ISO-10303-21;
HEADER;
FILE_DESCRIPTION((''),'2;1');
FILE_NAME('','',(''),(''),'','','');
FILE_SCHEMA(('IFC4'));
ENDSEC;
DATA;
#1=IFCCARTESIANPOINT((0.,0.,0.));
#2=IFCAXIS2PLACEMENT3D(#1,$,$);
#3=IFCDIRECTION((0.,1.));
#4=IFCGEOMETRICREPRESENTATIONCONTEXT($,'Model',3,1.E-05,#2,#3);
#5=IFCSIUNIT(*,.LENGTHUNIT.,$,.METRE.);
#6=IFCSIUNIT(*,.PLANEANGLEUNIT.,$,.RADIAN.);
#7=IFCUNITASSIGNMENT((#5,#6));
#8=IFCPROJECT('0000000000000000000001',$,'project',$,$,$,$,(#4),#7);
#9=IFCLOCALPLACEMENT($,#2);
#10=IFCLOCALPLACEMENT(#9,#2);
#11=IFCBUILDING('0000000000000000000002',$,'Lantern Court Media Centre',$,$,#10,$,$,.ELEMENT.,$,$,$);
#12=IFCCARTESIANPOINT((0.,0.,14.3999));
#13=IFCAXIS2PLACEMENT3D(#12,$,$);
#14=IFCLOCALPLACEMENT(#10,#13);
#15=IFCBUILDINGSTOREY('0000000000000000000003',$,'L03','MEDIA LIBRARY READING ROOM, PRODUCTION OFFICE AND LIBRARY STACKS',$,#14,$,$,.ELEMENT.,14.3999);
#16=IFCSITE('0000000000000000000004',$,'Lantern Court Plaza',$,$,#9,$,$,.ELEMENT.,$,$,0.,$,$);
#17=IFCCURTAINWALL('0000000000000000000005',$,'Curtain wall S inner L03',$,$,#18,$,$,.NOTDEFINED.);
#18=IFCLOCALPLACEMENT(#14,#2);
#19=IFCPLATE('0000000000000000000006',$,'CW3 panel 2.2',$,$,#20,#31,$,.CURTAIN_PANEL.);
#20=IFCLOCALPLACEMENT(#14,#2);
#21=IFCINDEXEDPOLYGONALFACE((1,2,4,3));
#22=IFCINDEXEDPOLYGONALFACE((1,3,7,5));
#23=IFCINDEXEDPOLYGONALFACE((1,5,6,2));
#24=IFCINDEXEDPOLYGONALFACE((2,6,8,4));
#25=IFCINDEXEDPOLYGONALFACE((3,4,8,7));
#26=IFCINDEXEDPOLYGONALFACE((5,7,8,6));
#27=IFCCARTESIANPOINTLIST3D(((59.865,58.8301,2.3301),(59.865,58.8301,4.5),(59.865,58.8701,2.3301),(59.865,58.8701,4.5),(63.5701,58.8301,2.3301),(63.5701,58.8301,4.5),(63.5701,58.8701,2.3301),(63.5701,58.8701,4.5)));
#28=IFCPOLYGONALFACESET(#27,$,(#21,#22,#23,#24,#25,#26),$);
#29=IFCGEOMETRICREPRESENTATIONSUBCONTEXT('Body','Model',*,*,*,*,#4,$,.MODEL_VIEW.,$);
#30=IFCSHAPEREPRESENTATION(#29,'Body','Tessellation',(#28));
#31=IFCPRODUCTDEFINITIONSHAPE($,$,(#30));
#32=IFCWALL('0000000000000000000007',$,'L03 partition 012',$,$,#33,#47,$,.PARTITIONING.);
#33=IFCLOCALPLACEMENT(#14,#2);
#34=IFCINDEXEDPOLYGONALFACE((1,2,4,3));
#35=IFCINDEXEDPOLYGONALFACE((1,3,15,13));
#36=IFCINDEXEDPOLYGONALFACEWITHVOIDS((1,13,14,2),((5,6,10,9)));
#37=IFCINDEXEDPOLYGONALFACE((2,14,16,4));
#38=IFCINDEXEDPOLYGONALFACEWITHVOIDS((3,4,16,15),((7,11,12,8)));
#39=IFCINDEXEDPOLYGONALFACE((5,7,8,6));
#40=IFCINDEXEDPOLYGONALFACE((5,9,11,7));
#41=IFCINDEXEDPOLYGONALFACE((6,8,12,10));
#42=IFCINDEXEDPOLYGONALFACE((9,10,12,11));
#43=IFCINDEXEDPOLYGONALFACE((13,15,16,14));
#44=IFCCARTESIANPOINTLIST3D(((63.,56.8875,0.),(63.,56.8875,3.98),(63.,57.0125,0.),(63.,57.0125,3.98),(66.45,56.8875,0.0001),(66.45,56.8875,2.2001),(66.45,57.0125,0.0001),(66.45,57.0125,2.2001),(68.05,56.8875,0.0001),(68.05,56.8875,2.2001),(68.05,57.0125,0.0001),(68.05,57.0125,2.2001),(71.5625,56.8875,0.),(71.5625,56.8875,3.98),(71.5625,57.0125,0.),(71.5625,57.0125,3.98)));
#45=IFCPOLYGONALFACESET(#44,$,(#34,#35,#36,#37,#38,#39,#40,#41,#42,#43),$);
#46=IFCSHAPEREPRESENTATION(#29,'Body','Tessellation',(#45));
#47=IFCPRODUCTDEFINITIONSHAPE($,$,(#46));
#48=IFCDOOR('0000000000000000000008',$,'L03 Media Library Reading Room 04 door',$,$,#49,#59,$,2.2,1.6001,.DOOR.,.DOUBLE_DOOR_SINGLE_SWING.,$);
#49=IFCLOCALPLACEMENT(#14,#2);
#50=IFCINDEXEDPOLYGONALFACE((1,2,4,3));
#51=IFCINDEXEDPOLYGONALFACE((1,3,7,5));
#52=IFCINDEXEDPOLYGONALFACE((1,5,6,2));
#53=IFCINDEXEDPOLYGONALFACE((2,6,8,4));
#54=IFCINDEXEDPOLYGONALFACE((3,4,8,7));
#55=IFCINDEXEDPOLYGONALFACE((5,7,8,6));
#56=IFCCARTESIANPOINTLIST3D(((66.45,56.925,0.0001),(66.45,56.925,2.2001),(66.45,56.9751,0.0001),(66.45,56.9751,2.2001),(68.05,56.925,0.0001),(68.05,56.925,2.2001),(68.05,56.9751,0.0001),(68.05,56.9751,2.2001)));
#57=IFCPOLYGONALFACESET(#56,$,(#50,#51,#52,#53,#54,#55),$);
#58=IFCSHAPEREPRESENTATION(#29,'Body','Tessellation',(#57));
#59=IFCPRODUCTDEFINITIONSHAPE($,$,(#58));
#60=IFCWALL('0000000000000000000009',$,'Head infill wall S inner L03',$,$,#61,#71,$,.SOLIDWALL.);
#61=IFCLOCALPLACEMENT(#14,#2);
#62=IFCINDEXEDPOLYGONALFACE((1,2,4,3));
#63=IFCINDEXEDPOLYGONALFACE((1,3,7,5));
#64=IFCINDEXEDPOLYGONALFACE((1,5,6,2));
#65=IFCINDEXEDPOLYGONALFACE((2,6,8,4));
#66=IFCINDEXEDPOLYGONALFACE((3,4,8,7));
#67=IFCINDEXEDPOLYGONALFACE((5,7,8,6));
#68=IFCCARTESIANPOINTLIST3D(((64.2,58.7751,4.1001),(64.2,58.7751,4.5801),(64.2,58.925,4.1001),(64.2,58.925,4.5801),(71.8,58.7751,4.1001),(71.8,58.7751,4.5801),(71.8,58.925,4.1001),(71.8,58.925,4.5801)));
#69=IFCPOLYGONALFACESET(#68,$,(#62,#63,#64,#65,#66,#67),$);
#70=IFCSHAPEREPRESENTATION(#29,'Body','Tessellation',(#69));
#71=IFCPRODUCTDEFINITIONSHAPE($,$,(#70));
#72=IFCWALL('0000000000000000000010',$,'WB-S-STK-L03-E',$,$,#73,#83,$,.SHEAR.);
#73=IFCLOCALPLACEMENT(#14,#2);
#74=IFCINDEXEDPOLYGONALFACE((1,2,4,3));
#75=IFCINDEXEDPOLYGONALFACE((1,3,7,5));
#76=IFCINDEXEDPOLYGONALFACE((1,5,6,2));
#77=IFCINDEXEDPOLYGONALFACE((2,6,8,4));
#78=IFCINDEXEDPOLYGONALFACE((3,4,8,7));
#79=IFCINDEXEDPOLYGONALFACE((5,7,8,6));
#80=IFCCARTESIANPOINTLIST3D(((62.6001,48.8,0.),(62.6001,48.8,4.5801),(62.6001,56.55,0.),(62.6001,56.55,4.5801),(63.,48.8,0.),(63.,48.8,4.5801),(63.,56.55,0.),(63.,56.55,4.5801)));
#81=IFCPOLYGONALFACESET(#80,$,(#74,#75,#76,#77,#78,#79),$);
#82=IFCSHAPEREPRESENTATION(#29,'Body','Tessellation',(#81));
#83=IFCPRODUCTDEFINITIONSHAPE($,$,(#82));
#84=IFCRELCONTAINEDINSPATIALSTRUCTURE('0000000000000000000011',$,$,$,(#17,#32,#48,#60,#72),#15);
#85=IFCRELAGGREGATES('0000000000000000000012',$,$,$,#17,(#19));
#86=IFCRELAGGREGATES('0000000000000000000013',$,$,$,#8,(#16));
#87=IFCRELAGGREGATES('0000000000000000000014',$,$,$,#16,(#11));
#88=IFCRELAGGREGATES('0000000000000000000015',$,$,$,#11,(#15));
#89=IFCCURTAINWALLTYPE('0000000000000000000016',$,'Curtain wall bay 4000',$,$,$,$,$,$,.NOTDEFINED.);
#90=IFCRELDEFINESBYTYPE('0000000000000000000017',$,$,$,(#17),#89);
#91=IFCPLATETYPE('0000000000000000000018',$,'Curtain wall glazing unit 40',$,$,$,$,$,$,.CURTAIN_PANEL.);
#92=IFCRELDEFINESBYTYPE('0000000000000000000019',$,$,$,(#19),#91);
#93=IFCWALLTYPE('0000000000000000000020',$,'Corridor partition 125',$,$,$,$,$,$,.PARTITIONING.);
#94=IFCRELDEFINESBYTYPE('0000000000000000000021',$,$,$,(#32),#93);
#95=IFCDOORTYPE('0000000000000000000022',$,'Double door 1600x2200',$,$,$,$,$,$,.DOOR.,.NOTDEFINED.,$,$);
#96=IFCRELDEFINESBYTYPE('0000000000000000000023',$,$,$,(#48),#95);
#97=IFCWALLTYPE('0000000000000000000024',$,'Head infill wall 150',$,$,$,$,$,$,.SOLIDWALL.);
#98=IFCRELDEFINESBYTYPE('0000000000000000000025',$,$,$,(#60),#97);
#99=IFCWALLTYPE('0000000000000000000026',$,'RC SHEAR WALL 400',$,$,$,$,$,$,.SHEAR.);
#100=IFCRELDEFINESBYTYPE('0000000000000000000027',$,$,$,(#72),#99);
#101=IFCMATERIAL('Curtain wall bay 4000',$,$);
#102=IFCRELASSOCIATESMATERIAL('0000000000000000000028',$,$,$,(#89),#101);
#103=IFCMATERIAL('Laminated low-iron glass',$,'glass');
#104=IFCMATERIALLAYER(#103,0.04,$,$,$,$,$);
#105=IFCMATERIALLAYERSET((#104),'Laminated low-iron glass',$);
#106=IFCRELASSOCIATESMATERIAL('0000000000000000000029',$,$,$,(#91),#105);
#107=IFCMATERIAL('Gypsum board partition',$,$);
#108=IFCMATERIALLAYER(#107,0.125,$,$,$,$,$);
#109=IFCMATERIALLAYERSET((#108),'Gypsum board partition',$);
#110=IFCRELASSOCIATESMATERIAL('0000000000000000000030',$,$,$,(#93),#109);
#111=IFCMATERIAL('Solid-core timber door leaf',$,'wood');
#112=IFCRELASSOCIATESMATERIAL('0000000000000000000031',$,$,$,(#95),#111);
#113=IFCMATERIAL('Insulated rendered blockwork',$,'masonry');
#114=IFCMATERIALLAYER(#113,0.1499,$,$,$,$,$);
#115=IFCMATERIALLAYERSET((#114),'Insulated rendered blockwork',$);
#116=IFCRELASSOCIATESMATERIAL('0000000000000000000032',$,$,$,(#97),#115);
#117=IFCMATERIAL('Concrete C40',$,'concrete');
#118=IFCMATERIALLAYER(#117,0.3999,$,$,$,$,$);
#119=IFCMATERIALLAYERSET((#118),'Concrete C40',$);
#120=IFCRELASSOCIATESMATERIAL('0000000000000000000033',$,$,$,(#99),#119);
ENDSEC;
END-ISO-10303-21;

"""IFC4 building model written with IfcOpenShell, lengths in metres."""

from ifc_helpers import new_model, si_unit, direction, frame, frame_2d, origin, origin_2d, place, context, subcontext, project, spatial, rectangle, extrude, material, layer, layer_set, type_object, element, fill, aggregate, save


model = new_model("IFC4")

# Units and contexts
model_context = context("Model", 3, precision=1e-05, world=origin(), true_north=direction((0.0, 1.0)))
body_context = subcontext(model_context, "Body", "Model", "MODEL_VIEW")
ifc_project = project(units=[si_unit("LENGTHUNIT", "METRE"), si_unit("PLANEANGLEUNIT", "RADIAN")], contexts=[model_context])

# Site, building, storey
site_placement = place(None, origin())
site = spatial("IfcSite", under=ifc_project, at=site_placement, Name="Lantern Court Plaza", CompositionType="ELEMENT", RefElevation=0.0)
building_placement = place(site_placement, origin())
building = spatial("IfcBuilding", under=site, at=building_placement, Name="Lantern Court Media Centre", CompositionType="ELEMENT")
storey_placement = place(building_placement, frame((0.0, 0.0, 14.3999)))
storey = spatial("IfcBuildingStorey", under=building, at=storey_placement, Name="L03", Description="MEDIA LIBRARY READING ROOM, PRODUCTION OFFICE AND LIBRARY STACKS", CompositionType="ELEMENT", Elevation=14.3999)

# Curtain wall
ifc_material_1 = material(Name="Curtain wall bay 4000")
curtain_wall_type_1 = type_object("IfcCurtainWallType", Name="Curtain wall bay 4000", PredefinedType="NOTDEFINED", material=ifc_material_1)
curtain_wall_1_placement = place(storey_placement, origin())
curtain_wall_1 = element("IfcCurtainWall", 1, at=curtain_wall_1_placement, inside=storey, type_object=curtain_wall_type_1, Name="Curtain wall S inner L03", PredefinedType="NOTDEFINED")

# Plate
ifc_material_2 = material(Name="Laminated low-iron glass", Category="glass")
ifc_layer_1 = layer(ifc_material_2, 0.04)
ifc_layer_set_1 = layer_set([ifc_layer_1], Name="Laminated low-iron glass")
plate_type = type_object("IfcPlateType", Name="Curtain wall glazing unit 40", PredefinedType="CURTAIN_PANEL", material=ifc_layer_set_1)
plate_1_placement = place(storey_placement, frame((61.7175, 58.8501, 2.3301), z_axis=(0.0, 0.0, 1.0), x_axis=(1.0, 0.0, 0.0)))
plate_1 = element("IfcPlate", 2, at=plate_1_placement, type_object=plate_type, Name="CW3 panel 2.2", PredefinedType="CURTAIN_PANEL", context=body_context, shape_type="SweptSolid", body=[
    extrude(rectangle(XDim=3.7051, YDim=0.04, at=origin_2d()), origin(), (0.0, 0.0, 1.0), 2.1699),
])
aggregate(curtain_wall_1, [plate_1])

# Wall, opening, door
ifc_material_3 = material(Name="Gypsum board partition")
ifc_layer_2 = layer(ifc_material_3, 0.125)
ifc_layer_set_2 = layer_set([ifc_layer_2], Name="Gypsum board partition")
wall_type_1 = type_object("IfcWallType", Name="Corridor partition 125", PredefinedType="PARTITIONING", material=ifc_layer_set_2)
wall_1_placement = place(storey_placement, frame((63.0, 56.95, 0.0), z_axis=(0.0, 0.0, 1.0), x_axis=(1.0, 0.0, 0.0)))
wall_1 = element("IfcWall", 3, at=wall_1_placement, inside=storey, type_object=wall_type_1, Name="L03 partition 012", PredefinedType="PARTITIONING", context=body_context, shape_type="SweptSolid", body=[
    extrude(rectangle(XDim=8.5625, YDim=0.125, at=frame_2d((4.2812, 0.0))), origin(), (0.0, 0.0, 1.0), 3.98),
])
opening_placement = place(wall_1_placement, frame((3.45, 0.0, 0.0)))
opening = element("IfcOpeningElement", 4, at=opening_placement, cuts=wall_1, PredefinedType="OPENING", context=body_context, shape_type="SweptSolid", body=[
    extrude(rectangle(XDim=1.6001, YDim=2.2, at=frame_2d((0.8, 1.1001))), frame((0.0, 0.0725, 0.0), z_axis=(0.0, -1.0, 0.0), x_axis=(1.0, 0.0, 0.0)), (0.0, 0.0, 1.0), 0.145),
])
ifc_material_4 = material(Name="Solid-core timber door leaf", Category="wood")
door_type = type_object("IfcDoorType", Name="Double door 1600x2200", OperationType="NOTDEFINED", PredefinedType="DOOR", material=ifc_material_4)
door_placement = place(opening_placement, frame((1.6001, 0.0, 0.0), z_axis=(0.0, 0.0, 1.0), x_axis=(-1.0, 0.0, 0.0)))
door = element("IfcDoor", 5, at=door_placement, inside=storey, type_object=door_type, Name="L03 Media Library Reading Room 04 door", OperationType="DOUBLE_DOOR_SINGLE_SWING", OverallHeight=2.2, OverallWidth=1.6001, PredefinedType="DOOR", context=body_context, shape_type="SweptSolid", body=[
    extrude(rectangle(XDim=1.6001, YDim=2.2, at=frame_2d((0.8, 1.1001))), frame((0.0, 0.0249, 0.0), z_axis=(0.0, -1.0, 0.0), x_axis=(1.0, 0.0, 0.0)), (0.0, 0.0, 1.0), 0.05),
])
fill(opening, door)

# Walls
ifc_material_5 = material(Name="Insulated rendered blockwork", Category="masonry")
ifc_layer_3 = layer(ifc_material_5, 0.1499)
ifc_layer_set_3 = layer_set([ifc_layer_3], Name="Insulated rendered blockwork")
wall_type_2 = type_object("IfcWallType", Name="Head infill wall 150", PredefinedType="SOLIDWALL", material=ifc_layer_set_3)
wall_2_placement = place(storey_placement, frame((64.2, 58.8501, 4.1001), z_axis=(0.0, 0.0, 1.0), x_axis=(1.0, 0.0, 0.0)))
element("IfcWall", 6, at=wall_2_placement, inside=storey, type_object=wall_type_2, Name="Head infill wall S inner L03", PredefinedType="SOLIDWALL", context=body_context, shape_type="SweptSolid", body=[
    extrude(rectangle(XDim=7.6001, YDim=0.1499, at=frame_2d((3.8, 0.0))), origin(), (0.0, 0.0, 1.0), 0.48),
])
ifc_material_6 = material(Name="Concrete C40", Category="concrete")
ifc_layer_4 = layer(ifc_material_6, 0.3999)
ifc_layer_set_4 = layer_set([ifc_layer_4], Name="Concrete C40")
wall_type_3 = type_object("IfcWallType", Name="RC SHEAR WALL 400", PredefinedType="SHEAR", material=ifc_layer_set_4)
wall_3_placement = place(storey_placement, frame((62.8, 48.8, 0.0), z_axis=(0.0, 0.0, 1.0), x_axis=(0.0, 1.0, 0.0)))
element("IfcWall", 7, at=wall_3_placement, inside=storey, type_object=wall_type_3, Name="WB-S-STK-L03-E", PredefinedType="SHEAR", context=body_context, shape_type="SweptSolid", body=[
    extrude(rectangle(XDim=7.75, YDim=0.3999, at=frame_2d((3.875, 0.0))), origin(), (0.0, 0.0, 1.0), 4.5801),
])

save(model, "model.ifc")
